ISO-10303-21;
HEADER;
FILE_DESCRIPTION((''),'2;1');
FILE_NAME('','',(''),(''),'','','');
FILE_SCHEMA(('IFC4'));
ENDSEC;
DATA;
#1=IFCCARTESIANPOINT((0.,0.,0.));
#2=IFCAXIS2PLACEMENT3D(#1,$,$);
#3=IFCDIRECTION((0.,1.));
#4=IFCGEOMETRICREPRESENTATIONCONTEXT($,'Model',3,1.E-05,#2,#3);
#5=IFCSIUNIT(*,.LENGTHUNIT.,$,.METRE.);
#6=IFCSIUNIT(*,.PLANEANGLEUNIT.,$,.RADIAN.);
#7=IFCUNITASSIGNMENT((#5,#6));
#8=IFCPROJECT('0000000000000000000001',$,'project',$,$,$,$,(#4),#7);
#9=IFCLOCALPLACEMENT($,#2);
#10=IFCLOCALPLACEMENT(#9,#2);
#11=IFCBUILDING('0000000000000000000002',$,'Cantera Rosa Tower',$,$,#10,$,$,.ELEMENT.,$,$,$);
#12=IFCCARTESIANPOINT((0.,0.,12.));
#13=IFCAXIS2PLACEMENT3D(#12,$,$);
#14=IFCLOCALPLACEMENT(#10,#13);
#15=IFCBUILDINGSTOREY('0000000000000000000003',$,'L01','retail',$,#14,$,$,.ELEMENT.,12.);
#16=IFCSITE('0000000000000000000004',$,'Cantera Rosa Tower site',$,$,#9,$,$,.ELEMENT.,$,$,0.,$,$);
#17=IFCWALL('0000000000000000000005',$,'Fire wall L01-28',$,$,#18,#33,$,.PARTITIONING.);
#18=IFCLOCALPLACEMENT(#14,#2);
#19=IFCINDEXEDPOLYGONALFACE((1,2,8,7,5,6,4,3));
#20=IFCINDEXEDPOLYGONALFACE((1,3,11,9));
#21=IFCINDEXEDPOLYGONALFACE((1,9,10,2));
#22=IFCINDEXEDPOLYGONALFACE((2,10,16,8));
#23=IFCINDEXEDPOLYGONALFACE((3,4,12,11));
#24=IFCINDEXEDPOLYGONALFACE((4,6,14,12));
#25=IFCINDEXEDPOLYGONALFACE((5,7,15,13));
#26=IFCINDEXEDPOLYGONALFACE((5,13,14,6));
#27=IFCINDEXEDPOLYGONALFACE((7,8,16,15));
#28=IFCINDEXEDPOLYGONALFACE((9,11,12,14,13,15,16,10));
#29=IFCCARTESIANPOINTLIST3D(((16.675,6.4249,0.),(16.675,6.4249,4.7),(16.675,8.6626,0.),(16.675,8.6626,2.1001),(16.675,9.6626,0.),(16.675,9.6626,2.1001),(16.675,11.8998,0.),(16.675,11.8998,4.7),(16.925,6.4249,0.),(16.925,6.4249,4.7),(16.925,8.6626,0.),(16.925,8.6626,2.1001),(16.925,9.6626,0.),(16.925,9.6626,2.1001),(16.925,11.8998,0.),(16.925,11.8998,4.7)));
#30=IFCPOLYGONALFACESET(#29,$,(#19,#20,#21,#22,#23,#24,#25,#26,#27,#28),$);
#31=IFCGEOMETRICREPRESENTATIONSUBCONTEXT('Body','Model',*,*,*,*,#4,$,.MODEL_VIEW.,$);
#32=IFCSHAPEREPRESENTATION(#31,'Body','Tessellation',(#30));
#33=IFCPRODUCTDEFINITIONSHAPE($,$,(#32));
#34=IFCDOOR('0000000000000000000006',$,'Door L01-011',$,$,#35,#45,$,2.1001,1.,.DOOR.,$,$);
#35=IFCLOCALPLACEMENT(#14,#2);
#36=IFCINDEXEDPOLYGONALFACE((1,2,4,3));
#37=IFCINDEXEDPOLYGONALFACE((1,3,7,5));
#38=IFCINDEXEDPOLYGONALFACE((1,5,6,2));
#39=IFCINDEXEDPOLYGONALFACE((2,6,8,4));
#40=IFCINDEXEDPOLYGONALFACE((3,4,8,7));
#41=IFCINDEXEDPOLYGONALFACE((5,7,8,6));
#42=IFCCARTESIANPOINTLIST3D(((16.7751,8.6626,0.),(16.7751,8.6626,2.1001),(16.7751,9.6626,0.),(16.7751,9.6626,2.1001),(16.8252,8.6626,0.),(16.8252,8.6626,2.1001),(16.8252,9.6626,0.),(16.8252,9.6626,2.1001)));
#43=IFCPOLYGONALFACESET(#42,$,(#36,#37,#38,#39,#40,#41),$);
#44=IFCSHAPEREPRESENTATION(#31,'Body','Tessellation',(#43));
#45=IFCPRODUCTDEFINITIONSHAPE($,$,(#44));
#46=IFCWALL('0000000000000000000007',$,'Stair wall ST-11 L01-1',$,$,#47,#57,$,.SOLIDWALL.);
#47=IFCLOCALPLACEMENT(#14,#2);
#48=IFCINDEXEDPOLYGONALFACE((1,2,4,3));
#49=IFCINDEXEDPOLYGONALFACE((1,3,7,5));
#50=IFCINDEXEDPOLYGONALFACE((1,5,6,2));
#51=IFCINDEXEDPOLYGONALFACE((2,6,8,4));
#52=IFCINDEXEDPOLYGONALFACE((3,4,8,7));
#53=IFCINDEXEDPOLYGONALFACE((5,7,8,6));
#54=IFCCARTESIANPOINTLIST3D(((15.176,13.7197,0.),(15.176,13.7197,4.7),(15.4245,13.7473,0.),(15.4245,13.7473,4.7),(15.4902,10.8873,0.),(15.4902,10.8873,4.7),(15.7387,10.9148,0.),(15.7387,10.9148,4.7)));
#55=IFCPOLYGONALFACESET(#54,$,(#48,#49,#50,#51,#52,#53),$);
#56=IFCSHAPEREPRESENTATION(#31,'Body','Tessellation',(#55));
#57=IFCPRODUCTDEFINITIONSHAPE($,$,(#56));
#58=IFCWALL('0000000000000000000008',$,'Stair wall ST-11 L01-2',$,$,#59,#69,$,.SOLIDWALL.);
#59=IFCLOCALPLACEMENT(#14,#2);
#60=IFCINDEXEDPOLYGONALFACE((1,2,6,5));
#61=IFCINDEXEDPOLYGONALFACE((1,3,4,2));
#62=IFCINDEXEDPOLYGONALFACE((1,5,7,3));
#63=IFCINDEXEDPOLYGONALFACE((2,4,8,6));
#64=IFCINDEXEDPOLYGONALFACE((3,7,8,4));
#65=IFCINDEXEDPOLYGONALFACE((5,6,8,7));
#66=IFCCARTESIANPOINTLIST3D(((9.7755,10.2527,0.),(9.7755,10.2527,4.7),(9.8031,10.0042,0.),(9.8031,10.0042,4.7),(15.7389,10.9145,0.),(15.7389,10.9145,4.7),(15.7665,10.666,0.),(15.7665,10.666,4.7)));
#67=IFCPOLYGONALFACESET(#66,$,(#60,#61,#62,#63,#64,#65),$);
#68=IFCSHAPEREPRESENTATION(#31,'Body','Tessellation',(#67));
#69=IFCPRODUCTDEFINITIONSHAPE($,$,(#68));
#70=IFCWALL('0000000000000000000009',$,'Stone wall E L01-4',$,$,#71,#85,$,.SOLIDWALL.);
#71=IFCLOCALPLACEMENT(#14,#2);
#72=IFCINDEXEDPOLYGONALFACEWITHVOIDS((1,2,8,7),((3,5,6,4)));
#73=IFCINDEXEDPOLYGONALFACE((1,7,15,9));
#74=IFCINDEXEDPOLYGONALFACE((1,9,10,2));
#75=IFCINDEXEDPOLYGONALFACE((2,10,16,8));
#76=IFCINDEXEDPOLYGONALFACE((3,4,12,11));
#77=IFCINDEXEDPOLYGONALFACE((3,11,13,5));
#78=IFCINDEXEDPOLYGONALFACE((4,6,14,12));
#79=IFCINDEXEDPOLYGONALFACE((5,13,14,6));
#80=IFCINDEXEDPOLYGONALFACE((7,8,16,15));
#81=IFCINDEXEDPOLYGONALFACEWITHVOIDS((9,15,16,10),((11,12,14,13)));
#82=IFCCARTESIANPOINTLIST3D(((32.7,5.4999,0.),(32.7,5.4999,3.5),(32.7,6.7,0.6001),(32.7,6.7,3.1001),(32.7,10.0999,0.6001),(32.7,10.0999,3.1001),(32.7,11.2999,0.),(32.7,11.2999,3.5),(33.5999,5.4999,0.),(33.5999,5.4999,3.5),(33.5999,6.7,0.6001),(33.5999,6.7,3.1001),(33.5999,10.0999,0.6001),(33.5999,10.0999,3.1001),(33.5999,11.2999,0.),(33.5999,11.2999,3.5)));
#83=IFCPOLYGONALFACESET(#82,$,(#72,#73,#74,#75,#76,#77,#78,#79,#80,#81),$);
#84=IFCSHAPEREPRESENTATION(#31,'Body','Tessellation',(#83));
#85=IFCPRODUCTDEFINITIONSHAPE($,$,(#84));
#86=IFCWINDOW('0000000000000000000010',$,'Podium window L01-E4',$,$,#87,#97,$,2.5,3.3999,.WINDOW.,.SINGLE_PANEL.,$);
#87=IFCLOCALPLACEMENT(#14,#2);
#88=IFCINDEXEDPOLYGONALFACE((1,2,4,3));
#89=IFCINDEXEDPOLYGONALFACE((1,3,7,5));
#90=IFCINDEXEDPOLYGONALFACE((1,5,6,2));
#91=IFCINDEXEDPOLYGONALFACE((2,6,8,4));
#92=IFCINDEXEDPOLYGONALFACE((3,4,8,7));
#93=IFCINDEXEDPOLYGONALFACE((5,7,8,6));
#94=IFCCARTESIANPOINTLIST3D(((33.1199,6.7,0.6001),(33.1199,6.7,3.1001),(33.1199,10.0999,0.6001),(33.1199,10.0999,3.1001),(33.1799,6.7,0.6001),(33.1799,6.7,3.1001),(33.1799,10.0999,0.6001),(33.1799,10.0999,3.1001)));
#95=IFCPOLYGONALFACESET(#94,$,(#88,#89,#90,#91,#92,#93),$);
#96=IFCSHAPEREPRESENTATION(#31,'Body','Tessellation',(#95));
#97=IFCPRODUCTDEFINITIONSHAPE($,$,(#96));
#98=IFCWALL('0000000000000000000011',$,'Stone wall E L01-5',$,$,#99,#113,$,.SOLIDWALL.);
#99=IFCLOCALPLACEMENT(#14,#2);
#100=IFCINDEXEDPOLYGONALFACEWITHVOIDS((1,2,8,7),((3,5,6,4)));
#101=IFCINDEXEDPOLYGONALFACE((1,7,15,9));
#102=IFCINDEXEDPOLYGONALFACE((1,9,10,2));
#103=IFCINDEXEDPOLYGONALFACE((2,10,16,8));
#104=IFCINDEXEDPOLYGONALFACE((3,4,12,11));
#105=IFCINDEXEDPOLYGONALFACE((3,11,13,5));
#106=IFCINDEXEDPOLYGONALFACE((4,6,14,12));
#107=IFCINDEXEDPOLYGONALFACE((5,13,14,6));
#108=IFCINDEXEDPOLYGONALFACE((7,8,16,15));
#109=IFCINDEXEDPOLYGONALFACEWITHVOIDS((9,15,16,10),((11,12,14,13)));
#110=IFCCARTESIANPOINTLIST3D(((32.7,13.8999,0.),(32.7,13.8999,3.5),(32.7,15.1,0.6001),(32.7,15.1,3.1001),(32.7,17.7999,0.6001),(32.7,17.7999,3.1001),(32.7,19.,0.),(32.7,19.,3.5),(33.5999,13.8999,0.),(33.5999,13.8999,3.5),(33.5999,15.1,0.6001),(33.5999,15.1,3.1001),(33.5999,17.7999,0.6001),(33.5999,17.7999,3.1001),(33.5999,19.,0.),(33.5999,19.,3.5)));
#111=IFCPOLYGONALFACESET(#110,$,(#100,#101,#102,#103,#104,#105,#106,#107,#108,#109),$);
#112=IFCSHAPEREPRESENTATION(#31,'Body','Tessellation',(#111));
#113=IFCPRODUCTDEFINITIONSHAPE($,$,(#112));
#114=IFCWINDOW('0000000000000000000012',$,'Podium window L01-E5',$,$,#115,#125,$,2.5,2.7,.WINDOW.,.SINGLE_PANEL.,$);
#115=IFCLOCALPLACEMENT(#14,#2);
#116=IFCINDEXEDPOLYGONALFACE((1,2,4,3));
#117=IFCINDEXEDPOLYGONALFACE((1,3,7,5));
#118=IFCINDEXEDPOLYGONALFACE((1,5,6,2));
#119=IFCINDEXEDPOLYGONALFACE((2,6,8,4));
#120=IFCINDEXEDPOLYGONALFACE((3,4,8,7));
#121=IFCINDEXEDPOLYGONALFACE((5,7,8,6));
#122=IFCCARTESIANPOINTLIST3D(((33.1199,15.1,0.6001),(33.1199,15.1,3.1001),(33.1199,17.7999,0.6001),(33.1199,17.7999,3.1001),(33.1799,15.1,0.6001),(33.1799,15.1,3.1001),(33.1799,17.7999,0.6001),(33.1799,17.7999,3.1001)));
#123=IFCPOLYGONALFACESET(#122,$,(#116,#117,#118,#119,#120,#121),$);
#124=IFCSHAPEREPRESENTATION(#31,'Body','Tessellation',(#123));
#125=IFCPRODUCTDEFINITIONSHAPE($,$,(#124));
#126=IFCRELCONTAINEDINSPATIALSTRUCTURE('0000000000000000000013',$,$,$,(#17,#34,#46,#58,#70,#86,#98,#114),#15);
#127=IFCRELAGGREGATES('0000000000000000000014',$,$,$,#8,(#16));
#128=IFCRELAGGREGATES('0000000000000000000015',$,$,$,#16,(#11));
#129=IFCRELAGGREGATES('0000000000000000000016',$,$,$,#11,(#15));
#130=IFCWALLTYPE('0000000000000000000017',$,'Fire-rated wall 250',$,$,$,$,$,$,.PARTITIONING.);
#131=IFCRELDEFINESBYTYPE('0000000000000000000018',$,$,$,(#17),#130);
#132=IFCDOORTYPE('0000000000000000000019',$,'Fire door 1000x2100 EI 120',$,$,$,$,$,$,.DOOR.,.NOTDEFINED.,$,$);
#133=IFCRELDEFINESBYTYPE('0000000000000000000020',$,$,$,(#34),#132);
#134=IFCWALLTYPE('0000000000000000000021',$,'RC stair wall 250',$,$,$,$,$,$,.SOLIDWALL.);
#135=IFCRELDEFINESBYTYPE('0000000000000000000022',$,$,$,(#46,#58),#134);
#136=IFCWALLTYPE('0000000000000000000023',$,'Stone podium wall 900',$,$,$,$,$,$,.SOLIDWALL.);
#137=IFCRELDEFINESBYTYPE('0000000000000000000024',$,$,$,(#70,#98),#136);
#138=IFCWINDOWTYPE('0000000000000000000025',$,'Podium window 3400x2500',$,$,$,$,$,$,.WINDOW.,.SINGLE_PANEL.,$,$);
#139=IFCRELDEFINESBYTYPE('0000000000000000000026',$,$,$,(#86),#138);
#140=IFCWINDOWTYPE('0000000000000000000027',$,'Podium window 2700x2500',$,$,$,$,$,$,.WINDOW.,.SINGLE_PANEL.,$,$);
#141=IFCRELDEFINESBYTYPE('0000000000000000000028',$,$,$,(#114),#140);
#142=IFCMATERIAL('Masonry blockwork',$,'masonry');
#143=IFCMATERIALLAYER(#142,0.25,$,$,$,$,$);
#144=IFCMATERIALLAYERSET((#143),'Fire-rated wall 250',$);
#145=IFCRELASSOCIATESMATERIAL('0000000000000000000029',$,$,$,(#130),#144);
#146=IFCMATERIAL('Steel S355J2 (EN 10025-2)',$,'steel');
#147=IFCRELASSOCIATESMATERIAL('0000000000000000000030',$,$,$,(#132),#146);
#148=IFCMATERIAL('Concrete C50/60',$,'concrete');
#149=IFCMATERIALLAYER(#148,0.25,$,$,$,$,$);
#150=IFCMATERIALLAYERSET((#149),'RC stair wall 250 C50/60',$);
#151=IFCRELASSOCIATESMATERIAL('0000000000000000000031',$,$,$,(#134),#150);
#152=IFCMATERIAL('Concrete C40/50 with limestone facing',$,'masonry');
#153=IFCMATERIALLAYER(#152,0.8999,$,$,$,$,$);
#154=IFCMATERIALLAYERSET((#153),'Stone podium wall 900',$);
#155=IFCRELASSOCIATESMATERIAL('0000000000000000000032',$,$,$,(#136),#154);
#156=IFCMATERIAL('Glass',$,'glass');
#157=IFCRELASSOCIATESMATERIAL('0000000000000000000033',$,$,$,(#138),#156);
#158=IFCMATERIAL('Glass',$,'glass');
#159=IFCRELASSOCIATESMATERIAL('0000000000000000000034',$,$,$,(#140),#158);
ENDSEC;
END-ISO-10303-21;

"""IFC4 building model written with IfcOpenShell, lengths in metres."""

from ifc_helpers import new_model, si_unit, direction, frame, frame_2d, origin, place, context, subcontext, project, spatial, rectangle, extrude, material, layer, layer_set, type_object, element, fill, save


model = new_model("IFC4")

# Units and contexts
model_context = context("Model", 3, precision=1e-05, world=origin(), true_north=direction((0.0, 1.0)))
body_context = subcontext(model_context, "Body", "Model", "MODEL_VIEW")
ifc_project = project(units=[si_unit("LENGTHUNIT", "METRE"), si_unit("PLANEANGLEUNIT", "RADIAN")], contexts=[model_context])

# Site, building, storey
site_placement = place(None, origin())
site = spatial("IfcSite", under=ifc_project, at=site_placement, Name="Cantera Rosa Tower site", CompositionType="ELEMENT", RefElevation=0.0)
building_placement = place(site_placement, origin())
building = spatial("IfcBuilding", under=site, at=building_placement, Name="Cantera Rosa Tower", CompositionType="ELEMENT")
storey_placement = place(building_placement, frame((0.0, 0.0, 12.0)))
storey = spatial("IfcBuildingStorey", under=building, at=storey_placement, Name="L01", Description="retail", CompositionType="ELEMENT", Elevation=12.0)

# Shared definitions
ifc_material_1 = material(Name="Masonry blockwork", Category="masonry")
ifc_layer_1 = layer(ifc_material_1, 0.25)
ifc_layer_set_1 = layer_set([ifc_layer_1], Name="Fire-rated wall 250")
wall_type_1 = type_object("IfcWallType", Name="Fire-rated wall 250", PredefinedType="PARTITIONING", material=ifc_layer_set_1)

# Wall, opening, door
wall_1_placement = place(storey_placement, frame((16.8, 6.425, 0.0), z_axis=(0.0, 0.0, 1.0), x_axis=(0.0, 1.0, 0.0)))
wall_1 = element("IfcWall", 1, at=wall_1_placement, inside=storey, type_object=wall_type_1, Name="Fire wall L01-28", PredefinedType="PARTITIONING", context=body_context, shape_type="SweptSolid", body=[
    extrude(rectangle(XDim=5.4749, YDim=0.25, at=frame_2d((2.7373, 0.0))), origin(), (0.0, 0.0, 1.0), 4.7),
])
opening_1_placement = place(wall_1_placement, frame((2.2375, 0.0, 0.0)))
opening_1 = element("IfcOpeningElement", 2, at=opening_1_placement, cuts=wall_1, PredefinedType="OPENING", context=body_context, shape_type="SweptSolid", body=[
    extrude(rectangle(XDim=1.0, YDim=2.1001, at=frame_2d((0.5, 1.05))), frame((0.0, 0.135, 0.0), z_axis=(0.0, -1.0, 0.0), x_axis=(1.0, 0.0, 0.0)), (0.0, 0.0, 1.0), 0.27),
])
ifc_material_2 = material(Name="Steel S355J2 (EN 10025-2)", Category="steel")
door_type_1 = type_object("IfcDoorType", Name="Fire door 1000x2100 EI 120", OperationType="NOTDEFINED", PredefinedType="DOOR", material=ifc_material_2)
door_1_placement = place(opening_1_placement, origin())
door_1 = element("IfcDoor", 3, at=door_1_placement, inside=storey, type_object=door_type_1, Name="Door L01-011", OverallHeight=2.1001, OverallWidth=1.0, PredefinedType="DOOR", context=body_context, shape_type="SweptSolid", body=[
    extrude(rectangle(XDim=1.0, YDim=2.1001, at=frame_2d((0.5, 1.05))), frame((0.0, 0.0249, 0.0), z_axis=(0.0, -1.0, 0.0), x_axis=(1.0, 0.0, 0.0)), (0.0, 0.0, 1.0), 0.05),
])
fill(opening_1, door_1)

# Walls
ifc_material_3 = material(Name="Concrete C50/60", Category="concrete")
ifc_layer_2 = layer(ifc_material_3, 0.25)
ifc_layer_set_2 = layer_set([ifc_layer_2], Name="RC stair wall 250 C50/60")
wall_type_2 = type_object("IfcWallType", Name="RC stair wall 250", PredefinedType="SOLIDWALL", material=ifc_layer_set_2)
wall_2_placement = place(storey_placement, frame((15.3003, 13.7334, 0.0), z_axis=(0.0, 0.0, 1.0), x_axis=(0.110253, -0.993904, 0.0)))
element("IfcWall", 4, at=wall_2_placement, inside=storey, type_object=wall_type_2, Name="Stair wall ST-11 L01-1", PredefinedType="SOLIDWALL", context=body_context, shape_type="SweptSolid", body=[
    extrude(rectangle(XDim=2.8499, YDim=0.25, at=frame_2d((1.4248, 0.0))), origin(), (0.0, 0.0, 1.0), 4.7),
])
wall_3_placement = place(storey_placement, frame((15.7527, 10.7903, 0.0), z_axis=(0.0, 0.0, 1.0), x_axis=(-0.993897, -0.110311, 0.0)))
element("IfcWall", 5, at=wall_3_placement, inside=storey, type_object=wall_type_2, Name="Stair wall ST-11 L01-2", PredefinedType="SOLIDWALL", context=body_context, shape_type="SweptSolid", body=[
    extrude(rectangle(XDim=6.0, YDim=0.25, at=frame_2d((3.0, 0.0))), origin(), (0.0, 0.0, 1.0), 4.7),
])

# Walls, openings, windows
ifc_material_4 = material(Name="Concrete C40/50 with limestone facing", Category="masonry")
ifc_layer_3 = layer(ifc_material_4, 0.8999)
ifc_layer_set_3 = layer_set([ifc_layer_3], Name="Stone podium wall 900")
wall_type_3 = type_object("IfcWallType", Name="Stone podium wall 900", PredefinedType="SOLIDWALL", material=ifc_layer_set_3)
wall_4_placement = place(storey_placement, frame((33.1499, 5.5, 0.0), z_axis=(0.0, 0.0, 1.0), x_axis=(0.0, 1.0, 0.0)))
wall_4 = element("IfcWall", 6, at=wall_4_placement, inside=storey, type_object=wall_type_3, Name="Stone wall E L01-4", PredefinedType="SOLIDWALL", context=body_context, shape_type="SweptSolid", body=[
    extrude(rectangle(XDim=5.8, YDim=0.8999, at=frame_2d((2.8999, 0.0))), origin(), (0.0, 0.0, 1.0), 3.5),
])
opening_2_placement = place(wall_4_placement, frame((1.2, 0.0, 0.6001)))
opening_2 = element("IfcOpeningElement", 7, at=opening_2_placement, cuts=wall_4, PredefinedType="OPENING", context=body_context, shape_type="SweptSolid", body=[
    extrude(rectangle(XDim=3.3999, YDim=2.5, at=frame_2d((1.7, 1.25))), frame((0.0, 0.46, 0.0), z_axis=(0.0, -1.0, 0.0), x_axis=(1.0, 0.0, 0.0)), (0.0, 0.0, 1.0), 0.9199),
])
ifc_material_5 = material(Name="Glass", Category="glass")
window_type_1 = type_object("IfcWindowType", Name="Podium window 3400x2500", PartitioningType="SINGLE_PANEL", PredefinedType="WINDOW", material=ifc_material_5)
window_1_placement = place(opening_2_placement, origin())
window_1 = element("IfcWindow", 8, at=window_1_placement, inside=storey, type_object=window_type_1, Name="Podium window L01-E4", OverallHeight=2.5, OverallWidth=3.3999, PartitioningType="SINGLE_PANEL", PredefinedType="WINDOW", context=body_context, shape_type="SweptSolid", body=[
    extrude(rectangle(XDim=3.3999, YDim=2.5, at=frame_2d((1.7, 1.25))), frame((0.0, 0.03, 0.0), z_axis=(0.0, -1.0, 0.0), x_axis=(1.0, 0.0, 0.0)), (0.0, 0.0, 1.0), 0.0601),
])
fill(opening_2, window_1)
wall_5_placement = place(storey_placement, frame((33.1499, 13.8999, 0.0), z_axis=(0.0, 0.0, 1.0), x_axis=(0.0, 1.0, 0.0)))
wall_5 = element("IfcWall", 9, at=wall_5_placement, inside=storey, type_object=wall_type_3, Name="Stone wall E L01-5", PredefinedType="SOLIDWALL", context=body_context, shape_type="SweptSolid", body=[
    extrude(rectangle(XDim=5.1001, YDim=0.8999, at=frame_2d((2.55, 0.0))), origin(), (0.0, 0.0, 1.0), 3.5),
])
opening_3_placement = place(wall_5_placement, frame((1.2, 0.0, 0.6001)))
opening_3 = element("IfcOpeningElement", 10, at=opening_3_placement, cuts=wall_5, PredefinedType="OPENING", context=body_context, shape_type="SweptSolid", body=[
    extrude(rectangle(XDim=2.7, YDim=2.5, at=frame_2d((1.3501, 1.25))), frame((0.0, 0.46, 0.0), z_axis=(0.0, -1.0, 0.0), x_axis=(1.0, 0.0, 0.0)), (0.0, 0.0, 1.0), 0.9199),
])
ifc_material_6 = material(Name="Glass", Category="glass")
window_type_2 = type_object("IfcWindowType", Name="Podium window 2700x2500", PartitioningType="SINGLE_PANEL", PredefinedType="WINDOW", material=ifc_material_6)
window_2_placement = place(opening_3_placement, origin())
window_2 = element("IfcWindow", 11, at=window_2_placement, inside=storey, type_object=window_type_2, Name="Podium window L01-E5", OverallHeight=2.5, OverallWidth=2.7, PartitioningType="SINGLE_PANEL", PredefinedType="WINDOW", context=body_context, shape_type="SweptSolid", body=[
    extrude(rectangle(XDim=2.7, YDim=2.5, at=frame_2d((1.3501, 1.25))), frame((0.0, 0.03, 0.0), z_axis=(0.0, -1.0, 0.0), x_axis=(1.0, 0.0, 0.0)), (0.0, 0.0, 1.0), 0.0601),
])
fill(opening_3, window_2)

save(model, "model.ifc")
